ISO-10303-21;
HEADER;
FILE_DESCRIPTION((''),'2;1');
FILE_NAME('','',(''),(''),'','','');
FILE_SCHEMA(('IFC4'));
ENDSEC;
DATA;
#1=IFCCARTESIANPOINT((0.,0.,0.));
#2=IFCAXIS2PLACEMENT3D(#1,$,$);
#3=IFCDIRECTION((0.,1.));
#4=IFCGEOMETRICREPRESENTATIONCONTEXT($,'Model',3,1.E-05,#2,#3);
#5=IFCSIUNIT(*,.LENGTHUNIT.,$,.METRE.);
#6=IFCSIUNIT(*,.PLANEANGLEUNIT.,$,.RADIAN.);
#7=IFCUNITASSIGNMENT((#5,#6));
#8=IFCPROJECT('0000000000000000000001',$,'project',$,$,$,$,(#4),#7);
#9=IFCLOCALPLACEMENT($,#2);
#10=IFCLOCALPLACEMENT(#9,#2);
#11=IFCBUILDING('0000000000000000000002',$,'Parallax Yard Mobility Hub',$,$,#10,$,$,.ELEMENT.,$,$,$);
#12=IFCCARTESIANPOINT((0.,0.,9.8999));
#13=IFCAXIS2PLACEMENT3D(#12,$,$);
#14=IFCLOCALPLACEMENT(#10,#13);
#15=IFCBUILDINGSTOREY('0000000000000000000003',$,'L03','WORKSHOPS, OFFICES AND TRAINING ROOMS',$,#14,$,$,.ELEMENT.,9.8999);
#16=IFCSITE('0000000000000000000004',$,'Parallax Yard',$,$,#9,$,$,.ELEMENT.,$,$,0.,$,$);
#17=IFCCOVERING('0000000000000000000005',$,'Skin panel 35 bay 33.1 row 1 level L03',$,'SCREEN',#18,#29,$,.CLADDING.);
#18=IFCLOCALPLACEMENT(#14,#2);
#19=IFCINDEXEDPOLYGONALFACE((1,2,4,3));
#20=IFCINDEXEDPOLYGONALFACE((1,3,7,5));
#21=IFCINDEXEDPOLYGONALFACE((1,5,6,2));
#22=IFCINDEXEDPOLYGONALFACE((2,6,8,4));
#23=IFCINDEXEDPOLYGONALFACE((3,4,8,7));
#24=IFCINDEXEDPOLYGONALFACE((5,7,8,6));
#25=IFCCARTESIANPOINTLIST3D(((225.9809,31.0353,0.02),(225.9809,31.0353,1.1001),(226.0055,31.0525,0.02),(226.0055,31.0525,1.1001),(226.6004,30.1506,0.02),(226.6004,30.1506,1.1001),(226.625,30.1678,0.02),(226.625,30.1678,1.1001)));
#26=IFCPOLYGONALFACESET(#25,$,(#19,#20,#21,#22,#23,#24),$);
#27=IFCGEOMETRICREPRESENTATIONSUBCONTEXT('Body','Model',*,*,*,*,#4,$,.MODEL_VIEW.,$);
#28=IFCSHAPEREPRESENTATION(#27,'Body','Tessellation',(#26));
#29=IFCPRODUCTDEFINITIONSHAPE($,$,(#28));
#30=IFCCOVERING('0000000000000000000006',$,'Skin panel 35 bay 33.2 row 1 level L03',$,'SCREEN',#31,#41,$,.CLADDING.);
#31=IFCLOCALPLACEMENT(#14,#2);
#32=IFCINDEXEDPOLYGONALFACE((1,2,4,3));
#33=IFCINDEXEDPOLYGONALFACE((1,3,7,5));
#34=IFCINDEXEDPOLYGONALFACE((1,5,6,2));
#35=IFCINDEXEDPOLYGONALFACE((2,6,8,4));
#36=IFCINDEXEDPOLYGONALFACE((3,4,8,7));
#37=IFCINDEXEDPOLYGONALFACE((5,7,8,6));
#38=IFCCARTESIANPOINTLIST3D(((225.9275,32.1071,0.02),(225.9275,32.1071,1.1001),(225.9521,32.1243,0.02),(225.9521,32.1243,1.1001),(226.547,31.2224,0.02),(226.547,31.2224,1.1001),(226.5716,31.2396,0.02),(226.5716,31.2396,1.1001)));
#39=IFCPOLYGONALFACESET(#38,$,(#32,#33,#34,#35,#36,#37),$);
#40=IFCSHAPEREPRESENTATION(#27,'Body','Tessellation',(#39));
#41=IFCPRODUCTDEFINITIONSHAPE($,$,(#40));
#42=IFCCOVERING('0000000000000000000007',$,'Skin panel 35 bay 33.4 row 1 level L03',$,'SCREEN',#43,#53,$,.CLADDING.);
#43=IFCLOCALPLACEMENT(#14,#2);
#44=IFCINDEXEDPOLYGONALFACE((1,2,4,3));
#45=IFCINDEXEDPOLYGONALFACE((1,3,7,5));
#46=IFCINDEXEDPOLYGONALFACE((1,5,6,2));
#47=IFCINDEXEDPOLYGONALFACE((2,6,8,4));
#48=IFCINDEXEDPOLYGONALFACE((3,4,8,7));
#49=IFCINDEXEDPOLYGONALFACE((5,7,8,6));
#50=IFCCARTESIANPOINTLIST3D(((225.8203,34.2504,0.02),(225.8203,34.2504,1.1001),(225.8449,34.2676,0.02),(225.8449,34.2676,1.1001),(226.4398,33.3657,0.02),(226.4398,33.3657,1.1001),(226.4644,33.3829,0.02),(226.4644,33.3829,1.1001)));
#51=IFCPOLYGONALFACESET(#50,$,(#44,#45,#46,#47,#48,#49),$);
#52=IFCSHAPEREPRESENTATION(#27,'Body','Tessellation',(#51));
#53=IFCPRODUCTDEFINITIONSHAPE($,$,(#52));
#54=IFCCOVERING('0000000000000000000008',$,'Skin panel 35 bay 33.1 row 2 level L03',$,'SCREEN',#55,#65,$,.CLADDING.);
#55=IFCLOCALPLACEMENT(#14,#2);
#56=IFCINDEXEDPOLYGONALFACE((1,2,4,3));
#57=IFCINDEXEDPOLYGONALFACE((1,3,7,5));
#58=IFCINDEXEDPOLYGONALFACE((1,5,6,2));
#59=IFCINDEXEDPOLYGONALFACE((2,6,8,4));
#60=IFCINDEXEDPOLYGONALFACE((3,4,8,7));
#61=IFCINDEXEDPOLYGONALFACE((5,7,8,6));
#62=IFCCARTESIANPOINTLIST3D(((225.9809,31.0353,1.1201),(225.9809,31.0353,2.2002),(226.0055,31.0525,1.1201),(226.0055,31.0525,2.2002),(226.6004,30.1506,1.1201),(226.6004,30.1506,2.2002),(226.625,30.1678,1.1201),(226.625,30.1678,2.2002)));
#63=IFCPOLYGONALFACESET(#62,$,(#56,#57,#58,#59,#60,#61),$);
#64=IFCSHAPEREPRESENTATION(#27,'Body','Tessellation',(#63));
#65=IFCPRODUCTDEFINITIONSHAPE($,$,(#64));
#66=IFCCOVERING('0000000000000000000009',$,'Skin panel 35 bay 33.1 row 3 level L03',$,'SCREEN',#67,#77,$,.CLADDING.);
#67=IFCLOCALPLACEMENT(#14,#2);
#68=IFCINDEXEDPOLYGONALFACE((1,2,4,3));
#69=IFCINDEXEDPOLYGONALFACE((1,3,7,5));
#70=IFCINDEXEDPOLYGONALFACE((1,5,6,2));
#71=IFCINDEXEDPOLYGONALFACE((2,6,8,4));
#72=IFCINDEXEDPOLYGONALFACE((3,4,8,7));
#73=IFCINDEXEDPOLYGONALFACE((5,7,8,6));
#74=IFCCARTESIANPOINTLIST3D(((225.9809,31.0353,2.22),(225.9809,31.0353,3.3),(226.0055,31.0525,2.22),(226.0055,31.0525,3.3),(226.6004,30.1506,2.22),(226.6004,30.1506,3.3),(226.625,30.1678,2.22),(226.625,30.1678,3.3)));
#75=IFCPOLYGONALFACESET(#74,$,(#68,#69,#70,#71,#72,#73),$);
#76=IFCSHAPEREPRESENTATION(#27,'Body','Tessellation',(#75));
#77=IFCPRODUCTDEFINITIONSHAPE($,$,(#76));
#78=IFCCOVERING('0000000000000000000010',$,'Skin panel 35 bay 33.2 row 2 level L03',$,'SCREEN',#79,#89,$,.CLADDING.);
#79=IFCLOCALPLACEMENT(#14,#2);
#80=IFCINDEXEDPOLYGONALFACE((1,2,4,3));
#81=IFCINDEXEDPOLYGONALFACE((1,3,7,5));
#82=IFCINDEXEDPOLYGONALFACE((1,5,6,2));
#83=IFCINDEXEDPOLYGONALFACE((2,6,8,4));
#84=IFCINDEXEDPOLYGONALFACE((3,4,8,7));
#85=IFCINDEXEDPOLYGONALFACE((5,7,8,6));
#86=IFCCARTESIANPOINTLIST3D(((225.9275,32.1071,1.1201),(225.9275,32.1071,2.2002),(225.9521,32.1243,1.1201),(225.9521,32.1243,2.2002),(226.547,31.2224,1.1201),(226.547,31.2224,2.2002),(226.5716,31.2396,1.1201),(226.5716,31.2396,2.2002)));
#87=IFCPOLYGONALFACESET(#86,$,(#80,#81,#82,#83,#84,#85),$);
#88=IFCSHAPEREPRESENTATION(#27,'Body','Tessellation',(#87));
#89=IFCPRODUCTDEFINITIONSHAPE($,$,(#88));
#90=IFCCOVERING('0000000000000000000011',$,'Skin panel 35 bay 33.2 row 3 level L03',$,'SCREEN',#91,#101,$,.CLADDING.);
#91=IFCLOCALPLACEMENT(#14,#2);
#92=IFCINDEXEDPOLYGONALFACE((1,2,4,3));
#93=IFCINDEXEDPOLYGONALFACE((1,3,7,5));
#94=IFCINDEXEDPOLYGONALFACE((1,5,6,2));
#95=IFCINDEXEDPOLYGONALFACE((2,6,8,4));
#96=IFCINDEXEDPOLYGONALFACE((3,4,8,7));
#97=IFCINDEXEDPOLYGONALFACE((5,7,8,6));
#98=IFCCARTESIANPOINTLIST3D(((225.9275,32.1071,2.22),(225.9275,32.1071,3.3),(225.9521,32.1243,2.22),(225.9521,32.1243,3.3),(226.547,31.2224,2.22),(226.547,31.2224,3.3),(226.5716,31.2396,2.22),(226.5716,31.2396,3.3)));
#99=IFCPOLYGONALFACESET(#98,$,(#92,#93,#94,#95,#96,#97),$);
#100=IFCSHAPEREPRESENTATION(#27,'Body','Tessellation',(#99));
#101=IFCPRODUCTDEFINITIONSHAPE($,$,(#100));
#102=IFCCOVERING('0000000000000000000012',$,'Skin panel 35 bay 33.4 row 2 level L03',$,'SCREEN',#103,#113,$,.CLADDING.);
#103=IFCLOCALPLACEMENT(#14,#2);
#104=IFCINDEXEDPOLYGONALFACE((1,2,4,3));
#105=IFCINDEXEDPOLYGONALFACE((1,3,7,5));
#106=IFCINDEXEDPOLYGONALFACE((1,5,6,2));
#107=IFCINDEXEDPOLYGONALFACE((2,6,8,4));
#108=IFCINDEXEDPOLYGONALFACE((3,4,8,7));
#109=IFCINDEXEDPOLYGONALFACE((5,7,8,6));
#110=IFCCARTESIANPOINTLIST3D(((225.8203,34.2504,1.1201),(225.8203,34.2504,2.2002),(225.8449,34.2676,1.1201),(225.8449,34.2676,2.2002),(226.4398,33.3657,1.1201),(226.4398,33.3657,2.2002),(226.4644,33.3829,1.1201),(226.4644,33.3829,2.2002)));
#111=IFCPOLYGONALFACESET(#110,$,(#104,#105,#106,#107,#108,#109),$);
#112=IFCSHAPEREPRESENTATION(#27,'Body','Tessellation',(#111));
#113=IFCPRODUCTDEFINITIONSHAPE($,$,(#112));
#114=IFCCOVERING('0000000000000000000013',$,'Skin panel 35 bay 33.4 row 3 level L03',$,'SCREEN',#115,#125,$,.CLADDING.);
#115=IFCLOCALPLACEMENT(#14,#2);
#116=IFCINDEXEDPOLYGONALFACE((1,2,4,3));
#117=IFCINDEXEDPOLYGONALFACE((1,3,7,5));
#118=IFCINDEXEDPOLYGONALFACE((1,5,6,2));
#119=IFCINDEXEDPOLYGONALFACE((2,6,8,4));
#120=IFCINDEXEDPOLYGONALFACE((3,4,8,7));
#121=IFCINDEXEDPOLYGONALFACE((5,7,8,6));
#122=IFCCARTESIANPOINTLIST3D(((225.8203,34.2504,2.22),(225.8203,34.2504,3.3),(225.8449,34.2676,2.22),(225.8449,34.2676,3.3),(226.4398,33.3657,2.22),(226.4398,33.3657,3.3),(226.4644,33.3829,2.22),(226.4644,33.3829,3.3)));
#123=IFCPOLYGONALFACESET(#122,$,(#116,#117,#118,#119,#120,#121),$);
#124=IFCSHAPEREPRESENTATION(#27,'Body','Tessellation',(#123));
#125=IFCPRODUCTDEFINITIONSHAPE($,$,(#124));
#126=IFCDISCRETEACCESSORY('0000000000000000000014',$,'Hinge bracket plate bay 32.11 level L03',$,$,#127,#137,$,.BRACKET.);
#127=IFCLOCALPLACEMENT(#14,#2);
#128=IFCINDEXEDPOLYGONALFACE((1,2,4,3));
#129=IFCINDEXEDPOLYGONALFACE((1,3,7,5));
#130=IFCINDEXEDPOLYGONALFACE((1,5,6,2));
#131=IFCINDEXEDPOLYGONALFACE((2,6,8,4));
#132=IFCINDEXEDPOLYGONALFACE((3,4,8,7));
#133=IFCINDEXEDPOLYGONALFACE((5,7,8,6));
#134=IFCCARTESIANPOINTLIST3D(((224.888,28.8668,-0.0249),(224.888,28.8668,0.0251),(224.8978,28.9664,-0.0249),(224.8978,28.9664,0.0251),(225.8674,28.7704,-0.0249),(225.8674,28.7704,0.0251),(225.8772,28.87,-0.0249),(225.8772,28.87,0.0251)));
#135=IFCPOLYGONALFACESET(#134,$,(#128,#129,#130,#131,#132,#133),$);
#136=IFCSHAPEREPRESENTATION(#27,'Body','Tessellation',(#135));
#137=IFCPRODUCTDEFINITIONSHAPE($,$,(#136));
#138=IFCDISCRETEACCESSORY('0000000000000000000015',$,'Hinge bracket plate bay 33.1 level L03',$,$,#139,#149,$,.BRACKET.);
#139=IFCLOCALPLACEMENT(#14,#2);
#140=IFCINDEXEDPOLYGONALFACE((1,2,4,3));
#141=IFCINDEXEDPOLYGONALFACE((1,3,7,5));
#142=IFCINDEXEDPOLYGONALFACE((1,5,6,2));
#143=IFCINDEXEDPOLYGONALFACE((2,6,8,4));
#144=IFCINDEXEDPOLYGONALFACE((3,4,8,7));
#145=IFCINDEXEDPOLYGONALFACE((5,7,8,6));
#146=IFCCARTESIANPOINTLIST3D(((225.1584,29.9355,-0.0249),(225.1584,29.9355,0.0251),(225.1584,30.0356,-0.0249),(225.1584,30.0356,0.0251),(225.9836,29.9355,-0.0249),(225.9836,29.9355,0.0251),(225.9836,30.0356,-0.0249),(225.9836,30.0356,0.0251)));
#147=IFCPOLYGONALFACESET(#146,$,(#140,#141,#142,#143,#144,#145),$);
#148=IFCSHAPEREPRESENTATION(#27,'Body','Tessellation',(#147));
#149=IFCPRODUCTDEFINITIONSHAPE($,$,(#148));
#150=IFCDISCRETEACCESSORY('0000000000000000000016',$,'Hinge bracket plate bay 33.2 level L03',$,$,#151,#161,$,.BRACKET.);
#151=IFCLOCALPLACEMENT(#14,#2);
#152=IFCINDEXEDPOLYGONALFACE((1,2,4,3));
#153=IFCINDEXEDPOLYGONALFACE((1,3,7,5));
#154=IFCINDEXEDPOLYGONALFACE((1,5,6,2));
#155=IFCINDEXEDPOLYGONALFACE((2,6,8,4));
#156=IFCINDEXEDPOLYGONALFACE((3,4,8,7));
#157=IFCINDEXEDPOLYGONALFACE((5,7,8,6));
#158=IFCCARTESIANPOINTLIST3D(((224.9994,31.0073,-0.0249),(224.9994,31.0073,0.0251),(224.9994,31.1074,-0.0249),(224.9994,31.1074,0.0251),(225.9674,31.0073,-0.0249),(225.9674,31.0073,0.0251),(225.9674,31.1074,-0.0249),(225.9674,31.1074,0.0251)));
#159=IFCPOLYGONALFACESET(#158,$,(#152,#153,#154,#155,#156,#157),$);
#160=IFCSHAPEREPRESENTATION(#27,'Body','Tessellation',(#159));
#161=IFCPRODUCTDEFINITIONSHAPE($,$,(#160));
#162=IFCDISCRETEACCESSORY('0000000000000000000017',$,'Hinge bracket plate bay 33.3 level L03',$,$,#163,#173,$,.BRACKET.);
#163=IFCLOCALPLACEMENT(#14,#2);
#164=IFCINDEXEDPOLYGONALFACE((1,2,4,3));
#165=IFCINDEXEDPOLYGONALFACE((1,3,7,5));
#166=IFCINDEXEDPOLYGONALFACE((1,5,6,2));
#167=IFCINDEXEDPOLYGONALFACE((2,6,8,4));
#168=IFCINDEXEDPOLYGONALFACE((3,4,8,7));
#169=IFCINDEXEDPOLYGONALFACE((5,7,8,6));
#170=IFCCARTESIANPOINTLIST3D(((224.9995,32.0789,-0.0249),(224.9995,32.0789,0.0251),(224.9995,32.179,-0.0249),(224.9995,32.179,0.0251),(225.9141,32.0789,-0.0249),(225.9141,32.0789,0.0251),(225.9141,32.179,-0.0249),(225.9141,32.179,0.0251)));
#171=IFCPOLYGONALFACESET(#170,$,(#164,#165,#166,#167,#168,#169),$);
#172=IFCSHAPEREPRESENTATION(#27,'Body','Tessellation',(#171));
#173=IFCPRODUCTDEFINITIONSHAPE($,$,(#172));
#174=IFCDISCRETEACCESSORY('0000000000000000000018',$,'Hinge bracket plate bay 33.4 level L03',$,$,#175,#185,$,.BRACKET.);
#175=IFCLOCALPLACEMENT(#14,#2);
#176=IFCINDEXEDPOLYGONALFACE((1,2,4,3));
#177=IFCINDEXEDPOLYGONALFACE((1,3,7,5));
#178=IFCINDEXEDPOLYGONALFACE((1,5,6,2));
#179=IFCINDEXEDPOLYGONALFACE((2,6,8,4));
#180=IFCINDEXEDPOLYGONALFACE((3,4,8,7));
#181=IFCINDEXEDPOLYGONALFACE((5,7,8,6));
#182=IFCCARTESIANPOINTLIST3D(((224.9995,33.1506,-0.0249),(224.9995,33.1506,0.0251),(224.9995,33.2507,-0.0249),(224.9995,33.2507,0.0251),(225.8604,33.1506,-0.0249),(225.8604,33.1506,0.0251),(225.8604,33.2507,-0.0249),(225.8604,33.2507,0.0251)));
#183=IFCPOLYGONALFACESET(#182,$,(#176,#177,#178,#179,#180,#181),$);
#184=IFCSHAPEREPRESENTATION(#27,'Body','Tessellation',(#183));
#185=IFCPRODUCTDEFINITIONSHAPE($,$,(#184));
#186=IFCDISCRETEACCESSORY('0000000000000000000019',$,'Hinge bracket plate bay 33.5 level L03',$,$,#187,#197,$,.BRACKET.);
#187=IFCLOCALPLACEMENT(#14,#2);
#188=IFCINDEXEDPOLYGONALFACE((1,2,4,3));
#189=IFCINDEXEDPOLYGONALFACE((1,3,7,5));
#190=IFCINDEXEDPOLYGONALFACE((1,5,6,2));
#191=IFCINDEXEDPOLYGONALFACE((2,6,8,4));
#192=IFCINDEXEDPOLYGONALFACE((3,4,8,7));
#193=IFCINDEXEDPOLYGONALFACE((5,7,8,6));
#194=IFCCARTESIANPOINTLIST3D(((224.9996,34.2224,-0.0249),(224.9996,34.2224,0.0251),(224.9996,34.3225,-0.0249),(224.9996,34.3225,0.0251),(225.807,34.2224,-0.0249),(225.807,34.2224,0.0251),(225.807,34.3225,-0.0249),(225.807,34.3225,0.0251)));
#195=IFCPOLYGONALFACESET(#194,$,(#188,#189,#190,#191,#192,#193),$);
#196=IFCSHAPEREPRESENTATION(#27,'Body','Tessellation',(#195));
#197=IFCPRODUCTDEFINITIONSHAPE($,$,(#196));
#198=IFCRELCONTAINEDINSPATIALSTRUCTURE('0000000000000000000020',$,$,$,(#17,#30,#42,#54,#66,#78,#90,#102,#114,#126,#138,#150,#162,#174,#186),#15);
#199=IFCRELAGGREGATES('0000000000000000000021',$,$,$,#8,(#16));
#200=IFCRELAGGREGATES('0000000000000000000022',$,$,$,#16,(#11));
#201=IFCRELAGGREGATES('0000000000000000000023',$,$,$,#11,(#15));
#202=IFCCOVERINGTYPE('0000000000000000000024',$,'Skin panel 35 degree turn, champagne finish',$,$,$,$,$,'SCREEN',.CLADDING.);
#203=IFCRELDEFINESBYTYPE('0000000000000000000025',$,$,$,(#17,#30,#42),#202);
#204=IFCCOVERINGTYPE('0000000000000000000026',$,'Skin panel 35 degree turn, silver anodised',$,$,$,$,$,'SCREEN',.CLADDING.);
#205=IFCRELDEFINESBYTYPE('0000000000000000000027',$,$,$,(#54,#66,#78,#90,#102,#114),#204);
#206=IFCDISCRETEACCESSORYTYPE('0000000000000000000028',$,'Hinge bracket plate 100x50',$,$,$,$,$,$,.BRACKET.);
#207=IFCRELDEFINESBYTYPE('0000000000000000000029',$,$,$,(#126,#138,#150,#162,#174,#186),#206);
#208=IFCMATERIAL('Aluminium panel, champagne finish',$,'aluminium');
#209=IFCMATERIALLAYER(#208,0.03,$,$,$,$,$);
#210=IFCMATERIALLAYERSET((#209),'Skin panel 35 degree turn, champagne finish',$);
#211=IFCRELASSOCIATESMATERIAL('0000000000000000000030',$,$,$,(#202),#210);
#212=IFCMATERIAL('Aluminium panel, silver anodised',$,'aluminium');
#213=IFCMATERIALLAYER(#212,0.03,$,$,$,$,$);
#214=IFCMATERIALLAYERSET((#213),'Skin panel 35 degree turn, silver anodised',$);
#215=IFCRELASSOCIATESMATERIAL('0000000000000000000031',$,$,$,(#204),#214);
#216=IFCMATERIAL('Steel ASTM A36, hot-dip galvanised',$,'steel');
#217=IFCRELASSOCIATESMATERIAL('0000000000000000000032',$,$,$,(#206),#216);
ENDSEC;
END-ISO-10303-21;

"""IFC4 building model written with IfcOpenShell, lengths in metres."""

from ifc_helpers import new_model, si_unit, direction, frame, origin, origin_2d, place, context, subcontext, project, spatial, rectangle, extrude, material, layer, layer_set, type_object, element, save


model = new_model("IFC4")

# Units and contexts
model_context = context("Model", 3, precision=1e-05, world=origin(), true_north=direction((0.0, 1.0)))
body_context = subcontext(model_context, "Body", "Model", "MODEL_VIEW")
ifc_project = project(units=[si_unit("LENGTHUNIT", "METRE"), si_unit("PLANEANGLEUNIT", "RADIAN")], contexts=[model_context])

# Site, building, storey
site_placement = place(None, origin())
site = spatial("IfcSite", under=ifc_project, at=site_placement, Name="Parallax Yard", CompositionType="ELEMENT", RefElevation=0.0)
building_placement = place(site_placement, origin())
building = spatial("IfcBuilding", under=site, at=building_placement, Name="Parallax Yard Mobility Hub", CompositionType="ELEMENT")
storey_placement = place(building_placement, frame((0.0, 0.0, 9.8999)))
storey = spatial("IfcBuildingStorey", under=building, at=storey_placement, Name="L03", Description="WORKSHOPS, OFFICES AND TRAINING ROOMS", CompositionType="ELEMENT", Elevation=9.8999)

# Coverings
ifc_material_1 = material(Name="Aluminium panel, champagne finish", Category="aluminium")
ifc_material_2 = material(Name="Aluminium panel, silver anodised", Category="aluminium")
ifc_layer_1 = layer(ifc_material_1, 0.03)
ifc_layer_set_1 = layer_set([ifc_layer_1], Name="Skin panel 35 degree turn, champagne finish")
covering_type_1 = type_object("IfcCoveringType", Name="Skin panel 35 degree turn, champagne finish", ElementType="SCREEN", PredefinedType="CLADDING", material=ifc_layer_set_1)
for number, where, z_axis, x_axis, name in (
    (1, (226.303, 30.6016, 0.02), (0.0, 0.0, 1.0), (0.573576, -0.819152, 0.0), "Skin panel 35 bay 33.1 row 1 level L03"),
    (2, (226.2495, 31.6733, 0.02), (0.0, 0.0, 1.0), (0.573576, -0.819152, 0.0), "Skin panel 35 bay 33.2 row 1 level L03"),
    (3, (226.1423, 33.8167, 0.02), (0.0, 0.0, 1.0), (0.573576, -0.819152, 0.0), "Skin panel 35 bay 33.4 row 1 level L03"),
):
    element("IfcCovering", number, at=place(storey_placement, frame(where, z_axis=z_axis, x_axis=x_axis)), inside=storey, type_object=covering_type_1, Name=name, ObjectType="SCREEN", PredefinedType="CLADDING", context=body_context, shape_type="SweptSolid", body=[
        extrude(rectangle(XDim=1.0801, YDim=0.03, at=origin_2d()), origin(), (0.0, 0.0, 1.0), 1.0801),
    ])
ifc_layer_2 = layer(ifc_material_2, 0.03)
ifc_layer_set_2 = layer_set([ifc_layer_2], Name="Skin panel 35 degree turn, silver anodised")
covering_type_2 = type_object("IfcCoveringType", Name="Skin panel 35 degree turn, silver anodised", ElementType="SCREEN", PredefinedType="CLADDING", material=ifc_layer_set_2)
for number, where, z_axis, x_axis, name in (
    (4, (226.303, 30.6016, 1.1201), (0.0, 0.0, 1.0), (0.573576, -0.819152, 0.0), "Skin panel 35 bay 33.1 row 2 level L03"),
    (5, (226.303, 30.6016, 2.22), (0.0, 0.0, 1.0), (0.573576, -0.819152, 0.0), "Skin panel 35 bay 33.1 row 3 level L03"),
    (6, (226.2495, 31.6733, 1.1201), (0.0, 0.0, 1.0), (0.573576, -0.819152, 0.0), "Skin panel 35 bay 33.2 row 2 level L03"),
    (7, (226.2495, 31.6733, 2.22), (0.0, 0.0, 1.0), (0.573576, -0.819152, 0.0), "Skin panel 35 bay 33.2 row 3 level L03"),
    (8, (226.1423, 33.8167, 1.1201), (0.0, 0.0, 1.0), (0.573576, -0.819152, 0.0), "Skin panel 35 bay 33.4 row 2 level L03"),
    (9, (226.1423, 33.8167, 2.22), (0.0, 0.0, 1.0), (0.573576, -0.819152, 0.0), "Skin panel 35 bay 33.4 row 3 level L03"),
):
    element("IfcCovering", number, at=place(storey_placement, frame(where, z_axis=z_axis, x_axis=x_axis)), inside=storey, type_object=covering_type_2, Name=name, ObjectType="SCREEN", PredefinedType="CLADDING", context=body_context, shape_type="SweptSolid", body=[
        extrude(rectangle(XDim=1.0801, YDim=0.03, at=origin_2d()), origin(), (0.0, 0.0, 1.0), 1.0801),
    ])

# Discrete accessories
ifc_material_3 = material(Name="Steel ASTM A36, hot-dip galvanised", Category="steel")
discrete_accessory_type_1 = type_object("IfcDiscreteAccessoryType", Name="Hinge bracket plate 100x50", PredefinedType="BRACKET", material=ifc_material_3)
discrete_accessory_1_placement = place(storey_placement, frame((225.3826, 28.8684, -0.0249), z_axis=(0.0, 0.0, 1.0), x_axis=(0.995185, -0.098017, 0.0)))
element("IfcDiscreteAccessory", 10, at=discrete_accessory_1_placement, inside=storey, type_object=discrete_accessory_type_1, Name="Hinge bracket plate bay 32.11 level L03", PredefinedType="BRACKET", context=body_context, shape_type="SweptSolid", body=[
    extrude(rectangle(XDim=0.9841, YDim=0.1001, at=origin_2d()), origin(), (0.0, 0.0, 1.0), 0.05),
])
discrete_accessory_2_placement = place(storey_placement, frame((225.571, 29.9856, -0.0249), z_axis=(0.0, 0.0, 1.0), x_axis=(1.0, 0.0, 0.0)))
element("IfcDiscreteAccessory", 11, at=discrete_accessory_2_placement, inside=storey, type_object=discrete_accessory_type_1, Name="Hinge bracket plate bay 33.1 level L03", PredefinedType="BRACKET", context=body_context, shape_type="SweptSolid", body=[
    extrude(rectangle(XDim=0.8252, YDim=0.1001, at=origin_2d()), origin(), (0.0, 0.0, 1.0), 0.05),
])
discrete_accessory_3_placement = place(storey_placement, frame((225.4834, 31.0574, -0.0249), z_axis=(0.0, 0.0, 1.0), x_axis=(1.0, 0.0, 0.0)))
element("IfcDiscreteAccessory", 12, at=discrete_accessory_3_placement, inside=storey, type_object=discrete_accessory_type_1, Name="Hinge bracket plate bay 33.2 level L03", PredefinedType="BRACKET", context=body_context, shape_type="SweptSolid", body=[
    extrude(rectangle(XDim=0.968, YDim=0.1001, at=origin_2d()), origin(), (0.0, 0.0, 1.0), 0.05),
])
discrete_accessory_4_placement = place(storey_placement, frame((225.4568, 32.1289, -0.0249), z_axis=(0.0, 0.0, 1.0), x_axis=(1.0, 0.0, 0.0)))
element("IfcDiscreteAccessory", 13, at=discrete_accessory_4_placement, inside=storey, type_object=discrete_accessory_type_1, Name="Hinge bracket plate bay 33.3 level L03", PredefinedType="BRACKET", context=body_context, shape_type="SweptSolid", body=[
    extrude(rectangle(XDim=0.9146, YDim=0.1001, at=origin_2d()), origin(), (0.0, 0.0, 1.0), 0.05),
])
discrete_accessory_5_placement = place(storey_placement, frame((225.4299, 33.2007, -0.0249), z_axis=(0.0, 0.0, 1.0), x_axis=(1.0, 0.0, 0.0)))
element("IfcDiscreteAccessory", 14, at=discrete_accessory_5_placement, inside=storey, type_object=discrete_accessory_type_1, Name="Hinge bracket plate bay 33.4 level L03", PredefinedType="BRACKET", context=body_context, shape_type="SweptSolid", body=[
    extrude(rectangle(XDim=0.8608, YDim=0.1001, at=origin_2d()), origin(), (0.0, 0.0, 1.0), 0.05),
])
discrete_accessory_6_placement = place(storey_placement, frame((225.4033, 34.2725, -0.0249), z_axis=(0.0, 0.0, 1.0), x_axis=(1.0, 0.0, 0.0)))
element("IfcDiscreteAccessory", 15, at=discrete_accessory_6_placement, inside=storey, type_object=discrete_accessory_type_1, Name="Hinge bracket plate bay 33.5 level L03", PredefinedType="BRACKET", context=body_context, shape_type="SweptSolid", body=[
    extrude(rectangle(XDim=0.8074, YDim=0.1001, at=origin_2d()), origin(), (0.0, 0.0, 1.0), 0.05),
])

save(model, "model.ifc")
